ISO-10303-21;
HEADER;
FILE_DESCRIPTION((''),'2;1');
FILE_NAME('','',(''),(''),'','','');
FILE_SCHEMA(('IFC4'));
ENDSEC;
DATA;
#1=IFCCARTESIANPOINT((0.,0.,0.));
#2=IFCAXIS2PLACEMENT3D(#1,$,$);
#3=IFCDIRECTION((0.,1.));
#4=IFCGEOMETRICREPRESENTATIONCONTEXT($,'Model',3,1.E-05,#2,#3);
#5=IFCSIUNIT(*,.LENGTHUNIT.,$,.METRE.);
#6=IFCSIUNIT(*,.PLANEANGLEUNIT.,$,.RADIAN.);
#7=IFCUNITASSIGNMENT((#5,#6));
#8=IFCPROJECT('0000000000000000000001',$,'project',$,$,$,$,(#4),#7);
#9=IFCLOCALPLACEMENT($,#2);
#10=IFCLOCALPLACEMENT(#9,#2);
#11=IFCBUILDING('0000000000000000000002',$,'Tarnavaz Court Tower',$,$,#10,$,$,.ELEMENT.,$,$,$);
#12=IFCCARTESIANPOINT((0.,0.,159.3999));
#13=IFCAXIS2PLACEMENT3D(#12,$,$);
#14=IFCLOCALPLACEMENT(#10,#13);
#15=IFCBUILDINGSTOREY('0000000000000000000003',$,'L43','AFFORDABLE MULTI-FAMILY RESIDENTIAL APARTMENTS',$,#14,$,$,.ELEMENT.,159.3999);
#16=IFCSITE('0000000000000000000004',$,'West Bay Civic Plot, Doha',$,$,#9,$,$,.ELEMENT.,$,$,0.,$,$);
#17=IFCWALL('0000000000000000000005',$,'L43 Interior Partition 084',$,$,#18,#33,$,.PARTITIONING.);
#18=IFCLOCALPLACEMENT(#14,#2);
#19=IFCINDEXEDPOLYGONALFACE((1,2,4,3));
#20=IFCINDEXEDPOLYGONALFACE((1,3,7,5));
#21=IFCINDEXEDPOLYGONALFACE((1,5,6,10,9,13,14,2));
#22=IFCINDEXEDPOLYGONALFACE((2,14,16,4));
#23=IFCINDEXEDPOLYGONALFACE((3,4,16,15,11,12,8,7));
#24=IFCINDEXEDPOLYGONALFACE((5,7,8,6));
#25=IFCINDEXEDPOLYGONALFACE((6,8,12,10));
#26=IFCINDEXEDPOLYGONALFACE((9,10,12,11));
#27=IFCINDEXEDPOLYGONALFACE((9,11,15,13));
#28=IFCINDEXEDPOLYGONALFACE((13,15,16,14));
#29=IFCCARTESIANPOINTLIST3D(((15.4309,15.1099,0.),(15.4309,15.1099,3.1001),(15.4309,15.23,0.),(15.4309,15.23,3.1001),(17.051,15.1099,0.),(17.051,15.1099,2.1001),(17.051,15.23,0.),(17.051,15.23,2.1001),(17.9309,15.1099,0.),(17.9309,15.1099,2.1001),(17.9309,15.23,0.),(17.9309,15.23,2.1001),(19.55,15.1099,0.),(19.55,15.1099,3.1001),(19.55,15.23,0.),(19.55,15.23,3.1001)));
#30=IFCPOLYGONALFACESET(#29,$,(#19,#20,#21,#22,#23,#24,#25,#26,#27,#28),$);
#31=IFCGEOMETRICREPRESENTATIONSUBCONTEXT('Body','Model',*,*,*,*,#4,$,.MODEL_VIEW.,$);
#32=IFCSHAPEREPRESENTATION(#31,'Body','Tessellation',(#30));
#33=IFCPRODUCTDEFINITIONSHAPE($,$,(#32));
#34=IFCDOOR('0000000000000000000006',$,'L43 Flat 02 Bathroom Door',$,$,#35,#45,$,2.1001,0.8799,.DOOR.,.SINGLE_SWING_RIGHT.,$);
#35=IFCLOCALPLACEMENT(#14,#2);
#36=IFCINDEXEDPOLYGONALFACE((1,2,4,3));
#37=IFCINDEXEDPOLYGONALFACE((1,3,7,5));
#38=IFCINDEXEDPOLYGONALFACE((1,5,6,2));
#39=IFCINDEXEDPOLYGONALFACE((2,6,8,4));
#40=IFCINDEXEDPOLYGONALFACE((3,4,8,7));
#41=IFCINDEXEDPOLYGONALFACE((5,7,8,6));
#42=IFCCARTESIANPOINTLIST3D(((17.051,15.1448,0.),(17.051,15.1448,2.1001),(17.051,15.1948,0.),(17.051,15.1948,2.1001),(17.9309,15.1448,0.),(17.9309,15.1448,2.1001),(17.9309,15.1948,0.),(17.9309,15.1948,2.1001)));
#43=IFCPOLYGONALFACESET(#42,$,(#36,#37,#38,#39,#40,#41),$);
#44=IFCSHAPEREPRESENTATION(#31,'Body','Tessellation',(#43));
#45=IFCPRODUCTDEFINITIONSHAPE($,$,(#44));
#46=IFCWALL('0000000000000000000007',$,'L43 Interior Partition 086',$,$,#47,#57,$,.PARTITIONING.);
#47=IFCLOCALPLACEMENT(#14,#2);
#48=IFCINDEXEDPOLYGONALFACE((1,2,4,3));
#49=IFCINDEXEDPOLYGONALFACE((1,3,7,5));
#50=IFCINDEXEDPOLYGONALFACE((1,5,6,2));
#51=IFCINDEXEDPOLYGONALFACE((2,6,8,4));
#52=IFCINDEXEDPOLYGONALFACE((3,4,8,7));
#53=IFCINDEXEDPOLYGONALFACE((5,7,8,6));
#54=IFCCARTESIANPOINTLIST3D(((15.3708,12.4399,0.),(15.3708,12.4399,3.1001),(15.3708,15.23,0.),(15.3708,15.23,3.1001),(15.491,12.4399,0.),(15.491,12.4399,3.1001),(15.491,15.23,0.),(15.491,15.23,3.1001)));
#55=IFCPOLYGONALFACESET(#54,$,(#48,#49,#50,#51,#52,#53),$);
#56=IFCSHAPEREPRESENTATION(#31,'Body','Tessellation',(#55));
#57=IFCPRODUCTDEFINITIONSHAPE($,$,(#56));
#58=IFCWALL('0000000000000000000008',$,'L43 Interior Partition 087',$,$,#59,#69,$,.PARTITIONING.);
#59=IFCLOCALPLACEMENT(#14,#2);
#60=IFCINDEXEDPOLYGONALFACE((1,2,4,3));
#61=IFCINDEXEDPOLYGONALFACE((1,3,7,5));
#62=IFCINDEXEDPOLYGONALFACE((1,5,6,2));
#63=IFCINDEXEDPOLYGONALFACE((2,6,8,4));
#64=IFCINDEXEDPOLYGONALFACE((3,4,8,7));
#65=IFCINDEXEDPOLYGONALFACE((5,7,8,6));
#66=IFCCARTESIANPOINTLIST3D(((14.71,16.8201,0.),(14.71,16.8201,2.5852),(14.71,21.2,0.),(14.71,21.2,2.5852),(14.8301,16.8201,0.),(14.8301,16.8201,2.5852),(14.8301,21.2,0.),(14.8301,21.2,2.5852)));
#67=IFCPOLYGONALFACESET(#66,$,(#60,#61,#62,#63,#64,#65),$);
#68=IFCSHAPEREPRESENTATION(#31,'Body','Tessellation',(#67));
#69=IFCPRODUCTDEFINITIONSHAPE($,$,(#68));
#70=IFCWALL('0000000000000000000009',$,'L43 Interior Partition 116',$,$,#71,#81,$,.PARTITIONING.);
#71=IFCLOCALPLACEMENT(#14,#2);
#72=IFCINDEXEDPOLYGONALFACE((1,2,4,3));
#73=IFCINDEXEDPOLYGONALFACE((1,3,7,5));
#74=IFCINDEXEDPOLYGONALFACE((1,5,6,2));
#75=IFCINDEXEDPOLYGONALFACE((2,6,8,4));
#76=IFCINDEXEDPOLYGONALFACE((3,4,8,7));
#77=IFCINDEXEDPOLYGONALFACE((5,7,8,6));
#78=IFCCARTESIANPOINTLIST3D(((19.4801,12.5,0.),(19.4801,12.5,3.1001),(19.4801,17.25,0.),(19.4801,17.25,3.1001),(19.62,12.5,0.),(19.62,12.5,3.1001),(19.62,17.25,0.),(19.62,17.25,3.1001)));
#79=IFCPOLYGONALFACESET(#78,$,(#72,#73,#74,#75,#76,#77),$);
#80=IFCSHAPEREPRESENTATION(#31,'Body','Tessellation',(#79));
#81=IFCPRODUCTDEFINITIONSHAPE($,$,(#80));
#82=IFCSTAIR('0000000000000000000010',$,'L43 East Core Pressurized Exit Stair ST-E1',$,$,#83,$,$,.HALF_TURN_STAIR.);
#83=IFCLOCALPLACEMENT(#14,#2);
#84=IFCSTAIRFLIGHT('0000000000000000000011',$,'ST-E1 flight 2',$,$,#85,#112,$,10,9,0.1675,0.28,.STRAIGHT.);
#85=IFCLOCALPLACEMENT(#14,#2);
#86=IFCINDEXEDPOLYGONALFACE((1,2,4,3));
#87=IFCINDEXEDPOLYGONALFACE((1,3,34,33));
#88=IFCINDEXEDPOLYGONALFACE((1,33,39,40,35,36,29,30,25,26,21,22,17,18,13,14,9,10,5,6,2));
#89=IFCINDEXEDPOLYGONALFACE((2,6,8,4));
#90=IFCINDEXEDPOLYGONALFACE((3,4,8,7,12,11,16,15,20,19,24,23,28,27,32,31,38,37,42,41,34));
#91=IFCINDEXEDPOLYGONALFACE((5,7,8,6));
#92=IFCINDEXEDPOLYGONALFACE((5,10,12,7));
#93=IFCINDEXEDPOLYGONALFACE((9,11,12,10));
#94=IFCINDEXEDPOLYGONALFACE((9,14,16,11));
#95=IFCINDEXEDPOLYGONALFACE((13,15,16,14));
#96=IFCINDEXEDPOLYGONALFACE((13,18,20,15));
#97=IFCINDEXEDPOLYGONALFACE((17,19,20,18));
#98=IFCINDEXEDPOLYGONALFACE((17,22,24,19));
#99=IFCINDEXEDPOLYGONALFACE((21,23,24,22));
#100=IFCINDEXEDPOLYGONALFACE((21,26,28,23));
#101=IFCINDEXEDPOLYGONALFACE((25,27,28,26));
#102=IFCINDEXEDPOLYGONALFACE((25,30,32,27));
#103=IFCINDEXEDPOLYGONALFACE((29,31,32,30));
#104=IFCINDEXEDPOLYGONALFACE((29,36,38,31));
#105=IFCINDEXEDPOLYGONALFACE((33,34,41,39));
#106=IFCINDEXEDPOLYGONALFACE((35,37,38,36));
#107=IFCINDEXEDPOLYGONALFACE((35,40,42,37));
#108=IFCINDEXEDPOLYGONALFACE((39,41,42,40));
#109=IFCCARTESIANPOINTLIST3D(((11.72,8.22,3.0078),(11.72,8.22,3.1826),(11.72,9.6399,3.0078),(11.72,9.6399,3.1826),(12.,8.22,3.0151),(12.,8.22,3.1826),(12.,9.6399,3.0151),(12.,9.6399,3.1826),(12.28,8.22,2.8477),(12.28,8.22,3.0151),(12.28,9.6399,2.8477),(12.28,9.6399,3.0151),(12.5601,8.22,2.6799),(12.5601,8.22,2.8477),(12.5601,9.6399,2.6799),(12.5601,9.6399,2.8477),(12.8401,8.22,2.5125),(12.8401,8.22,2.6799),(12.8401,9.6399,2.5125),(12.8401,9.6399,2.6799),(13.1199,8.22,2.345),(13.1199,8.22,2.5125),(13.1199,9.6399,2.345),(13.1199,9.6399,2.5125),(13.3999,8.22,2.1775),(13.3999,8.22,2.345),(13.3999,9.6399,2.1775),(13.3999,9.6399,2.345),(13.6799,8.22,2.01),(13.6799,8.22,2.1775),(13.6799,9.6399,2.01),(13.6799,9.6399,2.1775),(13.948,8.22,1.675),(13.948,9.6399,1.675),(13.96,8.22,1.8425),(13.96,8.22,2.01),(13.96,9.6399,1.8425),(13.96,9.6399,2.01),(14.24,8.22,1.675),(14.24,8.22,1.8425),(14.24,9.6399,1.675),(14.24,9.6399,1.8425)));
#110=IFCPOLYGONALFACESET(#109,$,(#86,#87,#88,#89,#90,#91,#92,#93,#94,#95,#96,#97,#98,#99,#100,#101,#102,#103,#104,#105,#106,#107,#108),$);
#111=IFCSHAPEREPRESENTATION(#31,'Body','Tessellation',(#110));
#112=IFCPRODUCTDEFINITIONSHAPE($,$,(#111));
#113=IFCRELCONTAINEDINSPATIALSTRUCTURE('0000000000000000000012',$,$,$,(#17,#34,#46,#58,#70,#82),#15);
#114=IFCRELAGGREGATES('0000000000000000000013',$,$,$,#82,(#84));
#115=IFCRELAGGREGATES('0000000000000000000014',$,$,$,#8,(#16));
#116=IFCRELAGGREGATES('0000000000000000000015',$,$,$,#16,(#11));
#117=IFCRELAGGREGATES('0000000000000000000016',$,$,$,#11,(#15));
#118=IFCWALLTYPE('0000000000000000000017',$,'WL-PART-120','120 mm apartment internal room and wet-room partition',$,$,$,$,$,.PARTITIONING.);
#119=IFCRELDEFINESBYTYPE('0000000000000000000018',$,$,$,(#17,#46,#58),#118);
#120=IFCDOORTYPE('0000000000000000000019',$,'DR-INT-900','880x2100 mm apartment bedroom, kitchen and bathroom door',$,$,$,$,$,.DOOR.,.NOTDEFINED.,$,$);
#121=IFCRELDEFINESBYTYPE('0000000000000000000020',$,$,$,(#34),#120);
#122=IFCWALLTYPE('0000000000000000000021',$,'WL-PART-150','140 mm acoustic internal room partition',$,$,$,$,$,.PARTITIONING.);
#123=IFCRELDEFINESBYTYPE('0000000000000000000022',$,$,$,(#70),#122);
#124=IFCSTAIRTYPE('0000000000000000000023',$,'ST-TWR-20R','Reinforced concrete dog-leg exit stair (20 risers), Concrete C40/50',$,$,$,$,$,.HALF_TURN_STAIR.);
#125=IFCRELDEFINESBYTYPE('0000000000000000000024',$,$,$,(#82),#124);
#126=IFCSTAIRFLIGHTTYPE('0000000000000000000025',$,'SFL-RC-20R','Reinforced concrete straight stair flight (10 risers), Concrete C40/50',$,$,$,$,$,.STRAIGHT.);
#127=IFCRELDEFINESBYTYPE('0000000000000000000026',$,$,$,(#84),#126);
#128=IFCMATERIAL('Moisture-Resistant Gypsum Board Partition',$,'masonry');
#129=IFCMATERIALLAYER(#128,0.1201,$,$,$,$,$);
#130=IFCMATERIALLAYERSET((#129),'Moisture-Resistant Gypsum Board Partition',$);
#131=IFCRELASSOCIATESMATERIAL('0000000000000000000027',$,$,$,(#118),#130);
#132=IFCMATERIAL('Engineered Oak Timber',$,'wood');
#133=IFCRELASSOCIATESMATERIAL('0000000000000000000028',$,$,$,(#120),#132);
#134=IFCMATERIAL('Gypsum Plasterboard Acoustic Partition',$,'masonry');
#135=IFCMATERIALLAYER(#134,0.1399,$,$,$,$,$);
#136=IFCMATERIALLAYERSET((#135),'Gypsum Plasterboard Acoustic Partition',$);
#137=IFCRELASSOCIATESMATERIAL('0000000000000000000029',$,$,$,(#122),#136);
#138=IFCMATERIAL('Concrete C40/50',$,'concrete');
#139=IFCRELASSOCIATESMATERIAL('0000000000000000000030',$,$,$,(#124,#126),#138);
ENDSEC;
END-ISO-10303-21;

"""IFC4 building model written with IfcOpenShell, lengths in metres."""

from ifc_helpers import new_model, si_unit, direction, frame, frame_2d, origin, place, context, subcontext, project, spatial, polyline, rectangle, outline, extrude, material, layer, layer_set, type_object, element, fill, aggregate, save


model = new_model("IFC4")

# Units and contexts
model_context = context("Model", 3, precision=1e-05, world=origin(), true_north=direction((0.0, 1.0)))
body_context = subcontext(model_context, "Body", "Model", "MODEL_VIEW")
ifc_project = project(units=[si_unit("LENGTHUNIT", "METRE"), si_unit("PLANEANGLEUNIT", "RADIAN")], contexts=[model_context])

# Site, building, storey
site_placement = place(None, origin())
site = spatial("IfcSite", under=ifc_project, at=site_placement, Name="West Bay Civic Plot, Doha", CompositionType="ELEMENT", RefElevation=0.0)
building_placement = place(site_placement, origin())
building = spatial("IfcBuilding", under=site, at=building_placement, Name="Tarnavaz Court Tower", CompositionType="ELEMENT")
storey_placement = place(building_placement, frame((0.0, 0.0, 159.3999)))
storey = spatial("IfcBuildingStorey", under=building, at=storey_placement, Name="L43", Description="AFFORDABLE MULTI-FAMILY RESIDENTIAL APARTMENTS", CompositionType="ELEMENT", Elevation=159.3999)

# Wall, opening, door
ifc_material_1 = material(Name="Engineered Oak Timber", Category="wood")
ifc_material_2 = material(Name="Moisture-Resistant Gypsum Board Partition", Category="masonry")
ifc_layer_1 = layer(ifc_material_2, 0.1201)
ifc_layer_set_1 = layer_set([ifc_layer_1], Name="Moisture-Resistant Gypsum Board Partition")
wall_type_1 = type_object("IfcWallType", Name="WL-PART-120", Description="120 mm apartment internal room and wet-room partition", PredefinedType="PARTITIONING", material=ifc_layer_set_1)
wall_1_placement = place(storey_placement, frame((15.4309, 15.1699, 0.0), z_axis=(0.0, 0.0, 1.0), x_axis=(1.0, 0.0, 0.0)))
wall_1 = element("IfcWall", 1, at=wall_1_placement, inside=storey, type_object=wall_type_1, Name="L43 Interior Partition 084", PredefinedType="PARTITIONING", context=body_context, shape_type="SweptSolid", body=[
    extrude(rectangle(XDim=4.1191, YDim=0.1201, at=frame_2d((2.0596, 0.0))), origin(), (0.0, 0.0, 1.0), 3.1001),
])
opening_1_placement = place(wall_1_placement, frame((1.6201, 0.0, 0.0)))
opening_1 = element("IfcOpeningElement", 2, at=opening_1_placement, cuts=wall_1, PredefinedType="OPENING", context=body_context, shape_type="SweptSolid", body=[
    extrude(rectangle(XDim=0.8799, YDim=2.1001, at=frame_2d((0.4399, 1.05))), frame((0.0, 0.0701, 0.0), z_axis=(0.0, -1.0, 0.0), x_axis=(1.0, 0.0, 0.0)), (0.0, 0.0, 1.0), 0.1401),
])
door_type_1 = type_object("IfcDoorType", Name="DR-INT-900", Description="880x2100 mm apartment bedroom, kitchen and bathroom door", OperationType="NOTDEFINED", PredefinedType="DOOR", material=ifc_material_1)
door_1_placement = place(opening_1_placement, origin())
door_1 = element("IfcDoor", 3, at=door_1_placement, inside=storey, type_object=door_type_1, Name="L43 Flat 02 Bathroom Door", OperationType="SINGLE_SWING_RIGHT", OverallHeight=2.1001, OverallWidth=0.8799, PredefinedType="DOOR", context=body_context, shape_type="SweptSolid", body=[
    extrude(rectangle(XDim=0.8799, YDim=2.1001, at=frame_2d((0.4399, 1.05))), frame((0.0, 0.0249, 0.0), z_axis=(0.0, -1.0, 0.0), x_axis=(1.0, 0.0, 0.0)), (0.0, 0.0, 1.0), 0.05),
])
fill(opening_1, door_1)

# Walls
wall_2_placement = place(storey_placement, frame((15.4309, 12.4399, 0.0), z_axis=(0.0, 0.0, 1.0), x_axis=(0.0, 1.0, 0.0)))
element("IfcWall", 4, at=wall_2_placement, inside=storey, type_object=wall_type_1, Name="L43 Interior Partition 086", PredefinedType="PARTITIONING", context=body_context, shape_type="SweptSolid", body=[
    extrude(rectangle(XDim=2.79, YDim=0.1201, at=frame_2d((1.395, 0.0))), origin(), (0.0, 0.0, 1.0), 3.1001),
])
wall_3_placement = place(storey_placement, frame((14.77, 16.8201, 0.0), z_axis=(0.0, 0.0, 1.0), x_axis=(0.0, 1.0, 0.0)))
element("IfcWall", 5, at=wall_3_placement, inside=storey, type_object=wall_type_1, Name="L43 Interior Partition 087", PredefinedType="PARTITIONING", context=body_context, shape_type="SweptSolid", body=[
    extrude(rectangle(XDim=4.3799, YDim=0.1201, at=frame_2d((2.1899, 0.0))), origin(), (0.0, 0.0, 1.0), 2.5852),
])
ifc_material_3 = material(Name="Gypsum Plasterboard Acoustic Partition", Category="masonry")
ifc_layer_2 = layer(ifc_material_3, 0.1399)
ifc_layer_set_2 = layer_set([ifc_layer_2], Name="Gypsum Plasterboard Acoustic Partition")
wall_type_2 = type_object("IfcWallType", Name="WL-PART-150", Description="140 mm acoustic internal room partition", PredefinedType="PARTITIONING", material=ifc_layer_set_2)
wall_4_placement = place(storey_placement, frame((19.55, 12.5, 0.0), z_axis=(0.0, 0.0, 1.0), x_axis=(0.0, 1.0, 0.0)))
element("IfcWall", 6, at=wall_4_placement, inside=storey, type_object=wall_type_2, Name="L43 Interior Partition 116", PredefinedType="PARTITIONING", context=body_context, shape_type="SweptSolid", body=[
    extrude(rectangle(XDim=4.75, YDim=0.1399, at=frame_2d((2.375, 0.0))), origin(), (0.0, 0.0, 1.0), 3.1001),
])

# Stair, stair flight
ifc_material_4 = material(Name="Concrete C40/50", Category="concrete")
stair_type = type_object("IfcStairType", Name="ST-TWR-20R", Description="Reinforced concrete dog-leg exit stair (20 risers), Concrete C40/50", PredefinedType="HALF_TURN_STAIR", material=ifc_material_4)
stair_placement = place(storey_placement, origin())
stair = element("IfcStair", 7, at=stair_placement, inside=storey, type_object=stair_type, Name="L43 East Core Pressurized Exit Stair ST-E1", PredefinedType="HALF_TURN_STAIR")
stair_flight_type = type_object("IfcStairFlightType", Name="SFL-RC-20R", Description="Reinforced concrete straight stair flight (10 risers), Concrete C40/50", PredefinedType="STRAIGHT", material=ifc_material_4)
stair_flight_placement = place(storey_placement, frame((14.24, 8.9299, 1.675), z_axis=(0.0, 0.0, 1.0), x_axis=(-1.0, 0.0, 0.0)))
stair_flight = element("IfcStairFlight", 8, at=stair_flight_placement, type_object=stair_flight_type, Name="ST-E1 flight 2", NumberOfRisers=10, NumberOfTreads=9, PredefinedType="STRAIGHT", RiserHeight=0.1675, TreadLength=0.28, context=body_context, shape_type="SweptSolid", body=[
    extrude(outline(polyline([(0.0, 0.0), (0.0, 0.1675), (0.28, 0.1675), (0.28, 0.335), (0.5601, 0.335), (0.5601, 0.5024), (0.8401, 0.5024), (0.8401, 0.6699), (1.1201, 0.6699), (1.1201, 0.8374), (1.3999, 0.8374), (1.3999, 1.0049), (1.6799, 1.0049), (1.6799, 1.1726), (1.96, 1.1726), (1.96, 1.3401), (2.24, 1.3401), (2.24, 1.5076), (2.52, 1.5076), (2.52, 1.675), (2.52, 1.3328), (0.292, 0.0), (0.0, 0.0)])), frame((0.0, 0.71, 0.0), z_axis=(0.0, -1.0, 0.0), x_axis=(1.0, 0.0, 0.0)), (0.0, 0.0, 1.0), 1.4199),
])
aggregate(stair, [stair_flight])

save(model, "model.ifc")
